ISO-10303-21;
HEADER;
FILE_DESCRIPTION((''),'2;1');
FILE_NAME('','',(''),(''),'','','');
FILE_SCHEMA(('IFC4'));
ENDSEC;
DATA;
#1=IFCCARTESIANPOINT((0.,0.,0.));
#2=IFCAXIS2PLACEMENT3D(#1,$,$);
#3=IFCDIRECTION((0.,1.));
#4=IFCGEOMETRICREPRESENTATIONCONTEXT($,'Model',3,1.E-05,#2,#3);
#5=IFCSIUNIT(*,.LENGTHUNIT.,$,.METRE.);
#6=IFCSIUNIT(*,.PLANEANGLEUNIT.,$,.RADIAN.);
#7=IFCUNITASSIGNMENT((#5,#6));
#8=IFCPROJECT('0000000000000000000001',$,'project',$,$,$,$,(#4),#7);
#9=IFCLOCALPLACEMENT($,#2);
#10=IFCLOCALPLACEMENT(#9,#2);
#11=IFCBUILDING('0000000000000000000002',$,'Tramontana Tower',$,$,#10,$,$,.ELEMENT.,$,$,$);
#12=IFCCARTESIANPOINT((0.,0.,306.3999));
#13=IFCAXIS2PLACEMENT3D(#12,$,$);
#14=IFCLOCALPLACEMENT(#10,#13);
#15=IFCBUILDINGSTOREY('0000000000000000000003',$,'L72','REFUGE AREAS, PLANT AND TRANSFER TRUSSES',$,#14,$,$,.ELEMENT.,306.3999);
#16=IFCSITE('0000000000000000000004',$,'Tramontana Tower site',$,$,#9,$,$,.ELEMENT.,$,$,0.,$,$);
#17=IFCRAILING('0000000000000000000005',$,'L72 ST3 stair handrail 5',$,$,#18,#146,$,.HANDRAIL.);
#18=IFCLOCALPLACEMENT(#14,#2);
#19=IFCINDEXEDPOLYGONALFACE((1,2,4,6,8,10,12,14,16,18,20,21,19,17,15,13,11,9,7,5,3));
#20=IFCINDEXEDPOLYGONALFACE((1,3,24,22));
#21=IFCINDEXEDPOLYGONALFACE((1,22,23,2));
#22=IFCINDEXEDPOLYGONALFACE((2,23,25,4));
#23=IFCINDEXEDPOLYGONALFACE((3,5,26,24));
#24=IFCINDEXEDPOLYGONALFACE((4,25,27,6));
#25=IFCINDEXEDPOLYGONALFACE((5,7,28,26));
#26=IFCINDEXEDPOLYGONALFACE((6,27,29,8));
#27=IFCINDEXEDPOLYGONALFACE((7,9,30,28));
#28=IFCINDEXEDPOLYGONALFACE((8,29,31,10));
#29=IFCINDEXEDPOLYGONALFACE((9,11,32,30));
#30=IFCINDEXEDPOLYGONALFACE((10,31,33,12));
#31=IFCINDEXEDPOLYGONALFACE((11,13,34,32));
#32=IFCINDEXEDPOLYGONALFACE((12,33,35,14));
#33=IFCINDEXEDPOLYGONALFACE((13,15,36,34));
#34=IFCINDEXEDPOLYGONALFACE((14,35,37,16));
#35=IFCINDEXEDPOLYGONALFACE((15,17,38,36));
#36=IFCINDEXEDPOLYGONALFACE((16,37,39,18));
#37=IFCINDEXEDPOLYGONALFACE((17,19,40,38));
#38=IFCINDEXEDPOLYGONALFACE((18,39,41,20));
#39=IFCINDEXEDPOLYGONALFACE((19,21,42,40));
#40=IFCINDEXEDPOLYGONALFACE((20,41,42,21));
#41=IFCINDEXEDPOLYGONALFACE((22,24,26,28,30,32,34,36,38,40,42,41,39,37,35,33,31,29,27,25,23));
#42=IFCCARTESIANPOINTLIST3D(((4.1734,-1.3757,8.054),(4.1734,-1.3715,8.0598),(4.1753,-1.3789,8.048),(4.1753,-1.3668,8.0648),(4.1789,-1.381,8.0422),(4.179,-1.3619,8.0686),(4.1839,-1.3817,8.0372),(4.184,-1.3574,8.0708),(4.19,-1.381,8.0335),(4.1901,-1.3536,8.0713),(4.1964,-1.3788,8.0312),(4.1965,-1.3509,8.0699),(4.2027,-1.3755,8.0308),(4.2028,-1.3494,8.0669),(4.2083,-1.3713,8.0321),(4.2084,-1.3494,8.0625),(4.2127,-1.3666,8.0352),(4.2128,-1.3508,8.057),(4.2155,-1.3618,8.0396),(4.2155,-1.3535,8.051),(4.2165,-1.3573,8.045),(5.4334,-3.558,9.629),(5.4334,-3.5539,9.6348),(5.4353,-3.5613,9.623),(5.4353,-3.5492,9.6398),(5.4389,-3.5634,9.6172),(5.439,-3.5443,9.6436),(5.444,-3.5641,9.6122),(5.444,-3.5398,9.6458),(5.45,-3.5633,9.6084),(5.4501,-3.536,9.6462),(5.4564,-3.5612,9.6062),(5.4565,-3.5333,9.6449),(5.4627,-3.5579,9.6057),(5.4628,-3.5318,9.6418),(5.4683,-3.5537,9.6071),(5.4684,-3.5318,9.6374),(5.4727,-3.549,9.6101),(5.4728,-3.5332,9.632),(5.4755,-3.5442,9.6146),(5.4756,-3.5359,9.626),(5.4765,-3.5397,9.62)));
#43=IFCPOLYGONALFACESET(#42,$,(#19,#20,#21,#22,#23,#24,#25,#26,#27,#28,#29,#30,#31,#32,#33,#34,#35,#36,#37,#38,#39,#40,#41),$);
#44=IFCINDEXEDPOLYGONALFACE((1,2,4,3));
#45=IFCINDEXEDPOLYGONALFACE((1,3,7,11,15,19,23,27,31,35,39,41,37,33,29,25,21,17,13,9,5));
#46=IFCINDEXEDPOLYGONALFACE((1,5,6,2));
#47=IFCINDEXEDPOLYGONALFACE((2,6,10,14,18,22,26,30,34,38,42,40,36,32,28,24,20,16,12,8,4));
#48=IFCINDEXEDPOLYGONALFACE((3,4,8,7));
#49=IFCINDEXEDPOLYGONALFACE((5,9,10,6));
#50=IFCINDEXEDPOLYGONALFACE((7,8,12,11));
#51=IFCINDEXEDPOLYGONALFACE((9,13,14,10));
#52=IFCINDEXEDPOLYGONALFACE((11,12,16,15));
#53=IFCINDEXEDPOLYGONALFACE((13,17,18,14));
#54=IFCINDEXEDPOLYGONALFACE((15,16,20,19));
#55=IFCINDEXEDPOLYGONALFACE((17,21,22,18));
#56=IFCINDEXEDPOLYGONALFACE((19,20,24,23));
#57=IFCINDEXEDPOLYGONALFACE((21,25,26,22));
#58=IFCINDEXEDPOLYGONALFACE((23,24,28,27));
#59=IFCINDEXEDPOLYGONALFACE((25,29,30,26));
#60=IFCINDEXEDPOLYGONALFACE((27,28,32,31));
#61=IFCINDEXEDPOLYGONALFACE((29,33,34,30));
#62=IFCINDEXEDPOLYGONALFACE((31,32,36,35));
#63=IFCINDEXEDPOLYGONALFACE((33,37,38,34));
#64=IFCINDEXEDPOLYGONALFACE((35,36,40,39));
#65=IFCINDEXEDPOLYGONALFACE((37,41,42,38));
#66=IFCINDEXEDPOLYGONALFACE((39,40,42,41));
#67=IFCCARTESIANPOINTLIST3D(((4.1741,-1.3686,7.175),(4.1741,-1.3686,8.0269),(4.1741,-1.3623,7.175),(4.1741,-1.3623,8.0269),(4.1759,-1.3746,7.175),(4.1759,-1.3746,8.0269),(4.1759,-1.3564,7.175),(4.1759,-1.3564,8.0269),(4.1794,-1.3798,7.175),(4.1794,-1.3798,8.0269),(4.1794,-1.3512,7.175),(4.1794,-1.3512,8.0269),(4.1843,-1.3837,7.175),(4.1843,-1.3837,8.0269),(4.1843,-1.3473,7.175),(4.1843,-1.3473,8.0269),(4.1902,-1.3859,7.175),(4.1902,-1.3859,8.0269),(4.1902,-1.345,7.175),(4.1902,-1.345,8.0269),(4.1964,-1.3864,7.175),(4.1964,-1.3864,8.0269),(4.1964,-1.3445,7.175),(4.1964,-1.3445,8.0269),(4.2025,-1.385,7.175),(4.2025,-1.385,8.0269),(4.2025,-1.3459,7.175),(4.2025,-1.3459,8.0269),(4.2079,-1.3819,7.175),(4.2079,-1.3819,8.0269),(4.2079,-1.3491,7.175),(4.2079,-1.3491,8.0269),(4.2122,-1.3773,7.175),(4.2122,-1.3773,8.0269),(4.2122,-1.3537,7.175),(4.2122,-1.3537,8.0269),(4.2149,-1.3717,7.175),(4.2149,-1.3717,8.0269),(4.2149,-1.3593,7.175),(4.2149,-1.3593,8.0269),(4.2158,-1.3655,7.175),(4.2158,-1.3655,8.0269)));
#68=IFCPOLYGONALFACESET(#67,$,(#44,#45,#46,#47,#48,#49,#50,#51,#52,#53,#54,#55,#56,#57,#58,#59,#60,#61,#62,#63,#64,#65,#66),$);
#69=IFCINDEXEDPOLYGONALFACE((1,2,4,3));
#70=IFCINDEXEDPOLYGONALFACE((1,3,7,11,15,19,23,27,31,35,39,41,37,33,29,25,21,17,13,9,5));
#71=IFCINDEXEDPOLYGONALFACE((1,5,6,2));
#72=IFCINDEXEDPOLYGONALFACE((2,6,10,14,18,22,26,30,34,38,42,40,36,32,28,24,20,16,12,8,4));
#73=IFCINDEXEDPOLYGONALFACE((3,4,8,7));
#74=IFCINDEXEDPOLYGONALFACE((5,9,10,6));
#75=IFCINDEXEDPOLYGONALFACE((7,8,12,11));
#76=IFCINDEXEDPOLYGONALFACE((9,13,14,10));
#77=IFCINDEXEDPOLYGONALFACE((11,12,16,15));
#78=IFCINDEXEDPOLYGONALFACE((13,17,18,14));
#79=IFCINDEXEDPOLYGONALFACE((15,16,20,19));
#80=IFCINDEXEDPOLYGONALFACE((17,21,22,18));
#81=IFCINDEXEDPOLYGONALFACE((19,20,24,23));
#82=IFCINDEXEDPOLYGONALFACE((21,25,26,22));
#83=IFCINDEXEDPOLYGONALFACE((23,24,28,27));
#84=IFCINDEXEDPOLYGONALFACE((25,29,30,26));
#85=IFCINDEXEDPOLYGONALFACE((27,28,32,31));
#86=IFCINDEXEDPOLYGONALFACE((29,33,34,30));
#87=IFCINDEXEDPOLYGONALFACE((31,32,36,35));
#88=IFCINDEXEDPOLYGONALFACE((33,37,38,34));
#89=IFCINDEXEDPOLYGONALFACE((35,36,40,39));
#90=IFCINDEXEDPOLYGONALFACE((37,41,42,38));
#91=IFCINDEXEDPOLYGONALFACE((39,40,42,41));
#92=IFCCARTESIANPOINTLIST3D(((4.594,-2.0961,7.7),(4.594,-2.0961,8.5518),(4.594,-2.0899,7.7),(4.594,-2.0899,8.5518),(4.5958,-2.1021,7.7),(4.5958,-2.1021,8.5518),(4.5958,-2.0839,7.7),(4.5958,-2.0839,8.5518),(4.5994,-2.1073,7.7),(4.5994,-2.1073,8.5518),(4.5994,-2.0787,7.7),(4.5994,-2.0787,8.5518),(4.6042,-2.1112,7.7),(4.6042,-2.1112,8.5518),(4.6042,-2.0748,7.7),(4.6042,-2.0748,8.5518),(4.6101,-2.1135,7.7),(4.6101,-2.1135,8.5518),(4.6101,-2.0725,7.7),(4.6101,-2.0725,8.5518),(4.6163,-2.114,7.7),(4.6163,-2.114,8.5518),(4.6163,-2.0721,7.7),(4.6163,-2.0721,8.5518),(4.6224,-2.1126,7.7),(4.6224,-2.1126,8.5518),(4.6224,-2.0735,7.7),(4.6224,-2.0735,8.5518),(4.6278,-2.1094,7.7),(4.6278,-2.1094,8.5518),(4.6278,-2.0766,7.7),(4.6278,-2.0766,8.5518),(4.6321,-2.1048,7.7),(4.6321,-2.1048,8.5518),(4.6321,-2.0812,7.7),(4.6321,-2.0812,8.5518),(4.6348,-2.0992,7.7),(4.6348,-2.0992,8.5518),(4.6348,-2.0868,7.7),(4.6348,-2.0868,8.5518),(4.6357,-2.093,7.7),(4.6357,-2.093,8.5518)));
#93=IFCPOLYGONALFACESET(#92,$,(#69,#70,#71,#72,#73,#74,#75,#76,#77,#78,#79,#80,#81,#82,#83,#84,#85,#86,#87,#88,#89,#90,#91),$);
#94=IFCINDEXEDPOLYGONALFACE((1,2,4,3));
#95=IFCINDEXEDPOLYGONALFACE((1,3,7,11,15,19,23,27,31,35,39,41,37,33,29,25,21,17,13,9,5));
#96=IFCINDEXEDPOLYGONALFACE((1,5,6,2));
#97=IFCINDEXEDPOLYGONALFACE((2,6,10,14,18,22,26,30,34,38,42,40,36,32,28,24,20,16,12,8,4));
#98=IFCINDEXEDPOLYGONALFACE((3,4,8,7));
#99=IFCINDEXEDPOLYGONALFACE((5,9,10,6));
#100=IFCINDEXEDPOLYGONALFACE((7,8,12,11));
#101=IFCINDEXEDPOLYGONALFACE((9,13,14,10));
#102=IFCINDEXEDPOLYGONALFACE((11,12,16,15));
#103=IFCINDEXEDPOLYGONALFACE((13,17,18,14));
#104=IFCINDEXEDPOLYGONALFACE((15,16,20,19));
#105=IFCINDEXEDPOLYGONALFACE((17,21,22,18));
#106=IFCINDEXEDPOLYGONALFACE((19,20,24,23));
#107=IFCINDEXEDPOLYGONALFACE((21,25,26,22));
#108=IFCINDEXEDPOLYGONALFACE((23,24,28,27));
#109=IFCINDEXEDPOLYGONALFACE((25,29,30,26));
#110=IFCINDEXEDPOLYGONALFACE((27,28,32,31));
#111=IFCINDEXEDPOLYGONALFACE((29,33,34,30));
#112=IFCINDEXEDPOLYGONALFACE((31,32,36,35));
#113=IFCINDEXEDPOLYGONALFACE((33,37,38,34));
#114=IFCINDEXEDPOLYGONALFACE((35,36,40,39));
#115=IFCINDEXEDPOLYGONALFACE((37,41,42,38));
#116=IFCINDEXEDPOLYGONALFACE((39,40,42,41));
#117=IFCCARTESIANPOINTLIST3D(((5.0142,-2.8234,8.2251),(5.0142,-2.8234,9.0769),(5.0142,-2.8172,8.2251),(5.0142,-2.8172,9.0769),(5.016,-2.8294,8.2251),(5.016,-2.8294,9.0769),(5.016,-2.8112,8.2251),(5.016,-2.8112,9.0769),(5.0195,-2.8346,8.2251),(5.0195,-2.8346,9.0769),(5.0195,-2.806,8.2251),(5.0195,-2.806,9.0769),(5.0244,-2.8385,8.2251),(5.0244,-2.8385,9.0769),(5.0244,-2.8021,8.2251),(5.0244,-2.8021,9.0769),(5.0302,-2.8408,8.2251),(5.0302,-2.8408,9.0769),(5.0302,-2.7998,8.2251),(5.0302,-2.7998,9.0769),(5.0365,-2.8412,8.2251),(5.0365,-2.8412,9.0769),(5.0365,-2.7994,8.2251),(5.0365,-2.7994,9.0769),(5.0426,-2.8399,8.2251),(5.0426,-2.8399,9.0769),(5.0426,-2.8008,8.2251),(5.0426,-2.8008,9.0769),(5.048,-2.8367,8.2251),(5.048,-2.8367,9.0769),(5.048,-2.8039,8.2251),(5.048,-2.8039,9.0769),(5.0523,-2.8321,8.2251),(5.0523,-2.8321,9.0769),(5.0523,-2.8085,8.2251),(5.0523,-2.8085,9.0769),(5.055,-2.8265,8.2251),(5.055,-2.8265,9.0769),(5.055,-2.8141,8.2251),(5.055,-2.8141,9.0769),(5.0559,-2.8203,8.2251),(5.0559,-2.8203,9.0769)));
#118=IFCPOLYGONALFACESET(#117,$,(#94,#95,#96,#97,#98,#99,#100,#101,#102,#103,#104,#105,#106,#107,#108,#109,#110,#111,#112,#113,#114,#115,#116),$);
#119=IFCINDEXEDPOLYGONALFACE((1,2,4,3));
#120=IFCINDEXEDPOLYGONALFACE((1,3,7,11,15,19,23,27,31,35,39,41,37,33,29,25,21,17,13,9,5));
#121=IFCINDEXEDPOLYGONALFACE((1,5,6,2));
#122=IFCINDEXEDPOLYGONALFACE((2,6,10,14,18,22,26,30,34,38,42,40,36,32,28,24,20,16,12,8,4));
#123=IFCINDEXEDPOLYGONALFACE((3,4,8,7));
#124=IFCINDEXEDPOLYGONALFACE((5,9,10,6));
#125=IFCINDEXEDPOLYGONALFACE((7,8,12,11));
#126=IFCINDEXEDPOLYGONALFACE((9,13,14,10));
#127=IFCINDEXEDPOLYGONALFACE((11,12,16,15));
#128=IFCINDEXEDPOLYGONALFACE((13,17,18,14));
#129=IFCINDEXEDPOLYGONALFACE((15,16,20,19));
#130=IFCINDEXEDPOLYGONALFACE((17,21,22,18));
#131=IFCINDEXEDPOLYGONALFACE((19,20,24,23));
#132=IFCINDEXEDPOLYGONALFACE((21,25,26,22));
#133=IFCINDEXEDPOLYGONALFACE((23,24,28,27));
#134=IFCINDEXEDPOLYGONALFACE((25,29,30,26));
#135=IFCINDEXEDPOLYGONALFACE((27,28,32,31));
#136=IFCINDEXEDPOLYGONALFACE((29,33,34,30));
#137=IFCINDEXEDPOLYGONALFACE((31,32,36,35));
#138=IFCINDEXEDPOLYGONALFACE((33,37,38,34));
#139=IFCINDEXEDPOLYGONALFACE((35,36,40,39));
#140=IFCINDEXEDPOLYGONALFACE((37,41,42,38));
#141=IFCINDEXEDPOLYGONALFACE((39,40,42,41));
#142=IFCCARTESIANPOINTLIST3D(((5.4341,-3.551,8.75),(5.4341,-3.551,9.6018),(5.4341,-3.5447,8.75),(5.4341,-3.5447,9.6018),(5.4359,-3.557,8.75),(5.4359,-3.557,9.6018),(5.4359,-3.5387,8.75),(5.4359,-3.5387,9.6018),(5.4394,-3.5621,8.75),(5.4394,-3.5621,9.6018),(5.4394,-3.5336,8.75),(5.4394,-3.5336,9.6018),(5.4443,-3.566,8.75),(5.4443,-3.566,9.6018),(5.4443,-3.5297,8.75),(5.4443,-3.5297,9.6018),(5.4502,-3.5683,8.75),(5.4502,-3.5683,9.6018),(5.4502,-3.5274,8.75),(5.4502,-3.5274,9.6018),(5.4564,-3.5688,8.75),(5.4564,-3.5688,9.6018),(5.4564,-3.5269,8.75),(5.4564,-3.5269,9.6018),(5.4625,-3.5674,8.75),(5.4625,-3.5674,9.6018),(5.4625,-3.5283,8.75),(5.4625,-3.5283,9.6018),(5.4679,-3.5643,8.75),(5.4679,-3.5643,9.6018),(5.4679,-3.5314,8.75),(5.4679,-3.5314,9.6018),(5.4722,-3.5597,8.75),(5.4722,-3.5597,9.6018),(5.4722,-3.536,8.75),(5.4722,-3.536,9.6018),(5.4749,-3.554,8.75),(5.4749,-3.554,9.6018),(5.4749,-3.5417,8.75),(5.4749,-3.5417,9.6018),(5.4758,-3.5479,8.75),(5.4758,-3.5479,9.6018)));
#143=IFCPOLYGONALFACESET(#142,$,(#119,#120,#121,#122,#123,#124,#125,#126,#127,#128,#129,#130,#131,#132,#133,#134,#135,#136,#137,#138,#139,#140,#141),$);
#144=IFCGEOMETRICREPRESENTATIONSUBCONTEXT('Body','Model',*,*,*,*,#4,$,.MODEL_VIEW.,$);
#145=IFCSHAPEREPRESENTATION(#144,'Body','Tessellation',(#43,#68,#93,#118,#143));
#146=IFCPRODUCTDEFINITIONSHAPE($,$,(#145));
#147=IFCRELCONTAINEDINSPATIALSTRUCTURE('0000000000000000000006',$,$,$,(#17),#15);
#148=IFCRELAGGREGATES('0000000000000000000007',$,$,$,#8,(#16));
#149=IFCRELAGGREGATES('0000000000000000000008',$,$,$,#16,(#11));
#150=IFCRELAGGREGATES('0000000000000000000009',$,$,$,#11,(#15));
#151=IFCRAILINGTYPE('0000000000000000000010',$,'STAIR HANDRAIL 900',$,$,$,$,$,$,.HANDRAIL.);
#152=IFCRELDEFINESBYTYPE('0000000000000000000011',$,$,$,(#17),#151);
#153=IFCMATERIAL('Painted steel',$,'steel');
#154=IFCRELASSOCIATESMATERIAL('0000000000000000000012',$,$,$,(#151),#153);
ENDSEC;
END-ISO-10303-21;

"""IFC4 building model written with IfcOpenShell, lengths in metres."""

from ifc_helpers import new_model, si_unit, direction, frame, origin, origin_2d, place, context, subcontext, project, spatial, circle, extrude, material, type_object, element, save


model = new_model("IFC4")

# Units and contexts
model_context = context("Model", 3, precision=1e-05, world=origin(), true_north=direction((0.0, 1.0)))
body_context = subcontext(model_context, "Body", "Model", "MODEL_VIEW")
ifc_project = project(units=[si_unit("LENGTHUNIT", "METRE"), si_unit("PLANEANGLEUNIT", "RADIAN")], contexts=[model_context])

# Site, building, storey
site_placement = place(None, origin())
site = spatial("IfcSite", under=ifc_project, at=site_placement, Name="Tramontana Tower site", CompositionType="ELEMENT", RefElevation=0.0)
building_placement = place(site_placement, origin())
building = spatial("IfcBuilding", under=site, at=building_placement, Name="Tramontana Tower", CompositionType="ELEMENT")
storey_placement = place(building_placement, frame((0.0, 0.0, 306.3999)))
storey = spatial("IfcBuildingStorey", under=building, at=storey_placement, Name="L72", Description="REFUGE AREAS, PLANT AND TRANSFER TRUSSES", CompositionType="ELEMENT", Elevation=306.3999)

# Railing
ifc_material_1 = material(Name="Painted steel", Category="steel")
railing_type_1 = type_object("IfcRailingType", Name="STAIR HANDRAIL 900", PredefinedType="HANDRAIL", material=ifc_material_1)
for number, where, name in (
    (1, (4.1948, -1.3655, 7.175), "L72 ST3 stair handrail 5"),
):
    element("IfcRailing", number, at=place(storey_placement, frame(where)), inside=storey, type_object=railing_type_1, Name=name, PredefinedType="HANDRAIL", context=body_context, shape_type="SweptSolid", body=[
        extrude(circle(Radius=0.0239, at=origin_2d()), frame((0.0, 0.0, 0.876), z_axis=(0.424007, -0.734392, 0.529988), x_axis=(0.866023, 0.500005, 0.0)), (0.0, 0.0, 1.0), 2.9717),
        extrude(circle(Radius=0.021, at=origin_2d()), origin(), (0.0, 0.0, 1.0), 0.8518),
        extrude(circle(Radius=0.021, at=origin_2d()), frame((0.4199, -0.7275, 0.5249)), (0.0, 0.0, 1.0), 0.8518),
        extrude(circle(Radius=0.021, at=origin_2d()), frame((0.8401, -1.4548, 1.05)), (0.0, 0.0, 1.0), 0.8518),
        extrude(circle(Radius=0.021, at=origin_2d()), frame((1.26, -2.1824, 1.575)), (0.0, 0.0, 1.0), 0.8518),
    ])

save(model, "model.ifc")
